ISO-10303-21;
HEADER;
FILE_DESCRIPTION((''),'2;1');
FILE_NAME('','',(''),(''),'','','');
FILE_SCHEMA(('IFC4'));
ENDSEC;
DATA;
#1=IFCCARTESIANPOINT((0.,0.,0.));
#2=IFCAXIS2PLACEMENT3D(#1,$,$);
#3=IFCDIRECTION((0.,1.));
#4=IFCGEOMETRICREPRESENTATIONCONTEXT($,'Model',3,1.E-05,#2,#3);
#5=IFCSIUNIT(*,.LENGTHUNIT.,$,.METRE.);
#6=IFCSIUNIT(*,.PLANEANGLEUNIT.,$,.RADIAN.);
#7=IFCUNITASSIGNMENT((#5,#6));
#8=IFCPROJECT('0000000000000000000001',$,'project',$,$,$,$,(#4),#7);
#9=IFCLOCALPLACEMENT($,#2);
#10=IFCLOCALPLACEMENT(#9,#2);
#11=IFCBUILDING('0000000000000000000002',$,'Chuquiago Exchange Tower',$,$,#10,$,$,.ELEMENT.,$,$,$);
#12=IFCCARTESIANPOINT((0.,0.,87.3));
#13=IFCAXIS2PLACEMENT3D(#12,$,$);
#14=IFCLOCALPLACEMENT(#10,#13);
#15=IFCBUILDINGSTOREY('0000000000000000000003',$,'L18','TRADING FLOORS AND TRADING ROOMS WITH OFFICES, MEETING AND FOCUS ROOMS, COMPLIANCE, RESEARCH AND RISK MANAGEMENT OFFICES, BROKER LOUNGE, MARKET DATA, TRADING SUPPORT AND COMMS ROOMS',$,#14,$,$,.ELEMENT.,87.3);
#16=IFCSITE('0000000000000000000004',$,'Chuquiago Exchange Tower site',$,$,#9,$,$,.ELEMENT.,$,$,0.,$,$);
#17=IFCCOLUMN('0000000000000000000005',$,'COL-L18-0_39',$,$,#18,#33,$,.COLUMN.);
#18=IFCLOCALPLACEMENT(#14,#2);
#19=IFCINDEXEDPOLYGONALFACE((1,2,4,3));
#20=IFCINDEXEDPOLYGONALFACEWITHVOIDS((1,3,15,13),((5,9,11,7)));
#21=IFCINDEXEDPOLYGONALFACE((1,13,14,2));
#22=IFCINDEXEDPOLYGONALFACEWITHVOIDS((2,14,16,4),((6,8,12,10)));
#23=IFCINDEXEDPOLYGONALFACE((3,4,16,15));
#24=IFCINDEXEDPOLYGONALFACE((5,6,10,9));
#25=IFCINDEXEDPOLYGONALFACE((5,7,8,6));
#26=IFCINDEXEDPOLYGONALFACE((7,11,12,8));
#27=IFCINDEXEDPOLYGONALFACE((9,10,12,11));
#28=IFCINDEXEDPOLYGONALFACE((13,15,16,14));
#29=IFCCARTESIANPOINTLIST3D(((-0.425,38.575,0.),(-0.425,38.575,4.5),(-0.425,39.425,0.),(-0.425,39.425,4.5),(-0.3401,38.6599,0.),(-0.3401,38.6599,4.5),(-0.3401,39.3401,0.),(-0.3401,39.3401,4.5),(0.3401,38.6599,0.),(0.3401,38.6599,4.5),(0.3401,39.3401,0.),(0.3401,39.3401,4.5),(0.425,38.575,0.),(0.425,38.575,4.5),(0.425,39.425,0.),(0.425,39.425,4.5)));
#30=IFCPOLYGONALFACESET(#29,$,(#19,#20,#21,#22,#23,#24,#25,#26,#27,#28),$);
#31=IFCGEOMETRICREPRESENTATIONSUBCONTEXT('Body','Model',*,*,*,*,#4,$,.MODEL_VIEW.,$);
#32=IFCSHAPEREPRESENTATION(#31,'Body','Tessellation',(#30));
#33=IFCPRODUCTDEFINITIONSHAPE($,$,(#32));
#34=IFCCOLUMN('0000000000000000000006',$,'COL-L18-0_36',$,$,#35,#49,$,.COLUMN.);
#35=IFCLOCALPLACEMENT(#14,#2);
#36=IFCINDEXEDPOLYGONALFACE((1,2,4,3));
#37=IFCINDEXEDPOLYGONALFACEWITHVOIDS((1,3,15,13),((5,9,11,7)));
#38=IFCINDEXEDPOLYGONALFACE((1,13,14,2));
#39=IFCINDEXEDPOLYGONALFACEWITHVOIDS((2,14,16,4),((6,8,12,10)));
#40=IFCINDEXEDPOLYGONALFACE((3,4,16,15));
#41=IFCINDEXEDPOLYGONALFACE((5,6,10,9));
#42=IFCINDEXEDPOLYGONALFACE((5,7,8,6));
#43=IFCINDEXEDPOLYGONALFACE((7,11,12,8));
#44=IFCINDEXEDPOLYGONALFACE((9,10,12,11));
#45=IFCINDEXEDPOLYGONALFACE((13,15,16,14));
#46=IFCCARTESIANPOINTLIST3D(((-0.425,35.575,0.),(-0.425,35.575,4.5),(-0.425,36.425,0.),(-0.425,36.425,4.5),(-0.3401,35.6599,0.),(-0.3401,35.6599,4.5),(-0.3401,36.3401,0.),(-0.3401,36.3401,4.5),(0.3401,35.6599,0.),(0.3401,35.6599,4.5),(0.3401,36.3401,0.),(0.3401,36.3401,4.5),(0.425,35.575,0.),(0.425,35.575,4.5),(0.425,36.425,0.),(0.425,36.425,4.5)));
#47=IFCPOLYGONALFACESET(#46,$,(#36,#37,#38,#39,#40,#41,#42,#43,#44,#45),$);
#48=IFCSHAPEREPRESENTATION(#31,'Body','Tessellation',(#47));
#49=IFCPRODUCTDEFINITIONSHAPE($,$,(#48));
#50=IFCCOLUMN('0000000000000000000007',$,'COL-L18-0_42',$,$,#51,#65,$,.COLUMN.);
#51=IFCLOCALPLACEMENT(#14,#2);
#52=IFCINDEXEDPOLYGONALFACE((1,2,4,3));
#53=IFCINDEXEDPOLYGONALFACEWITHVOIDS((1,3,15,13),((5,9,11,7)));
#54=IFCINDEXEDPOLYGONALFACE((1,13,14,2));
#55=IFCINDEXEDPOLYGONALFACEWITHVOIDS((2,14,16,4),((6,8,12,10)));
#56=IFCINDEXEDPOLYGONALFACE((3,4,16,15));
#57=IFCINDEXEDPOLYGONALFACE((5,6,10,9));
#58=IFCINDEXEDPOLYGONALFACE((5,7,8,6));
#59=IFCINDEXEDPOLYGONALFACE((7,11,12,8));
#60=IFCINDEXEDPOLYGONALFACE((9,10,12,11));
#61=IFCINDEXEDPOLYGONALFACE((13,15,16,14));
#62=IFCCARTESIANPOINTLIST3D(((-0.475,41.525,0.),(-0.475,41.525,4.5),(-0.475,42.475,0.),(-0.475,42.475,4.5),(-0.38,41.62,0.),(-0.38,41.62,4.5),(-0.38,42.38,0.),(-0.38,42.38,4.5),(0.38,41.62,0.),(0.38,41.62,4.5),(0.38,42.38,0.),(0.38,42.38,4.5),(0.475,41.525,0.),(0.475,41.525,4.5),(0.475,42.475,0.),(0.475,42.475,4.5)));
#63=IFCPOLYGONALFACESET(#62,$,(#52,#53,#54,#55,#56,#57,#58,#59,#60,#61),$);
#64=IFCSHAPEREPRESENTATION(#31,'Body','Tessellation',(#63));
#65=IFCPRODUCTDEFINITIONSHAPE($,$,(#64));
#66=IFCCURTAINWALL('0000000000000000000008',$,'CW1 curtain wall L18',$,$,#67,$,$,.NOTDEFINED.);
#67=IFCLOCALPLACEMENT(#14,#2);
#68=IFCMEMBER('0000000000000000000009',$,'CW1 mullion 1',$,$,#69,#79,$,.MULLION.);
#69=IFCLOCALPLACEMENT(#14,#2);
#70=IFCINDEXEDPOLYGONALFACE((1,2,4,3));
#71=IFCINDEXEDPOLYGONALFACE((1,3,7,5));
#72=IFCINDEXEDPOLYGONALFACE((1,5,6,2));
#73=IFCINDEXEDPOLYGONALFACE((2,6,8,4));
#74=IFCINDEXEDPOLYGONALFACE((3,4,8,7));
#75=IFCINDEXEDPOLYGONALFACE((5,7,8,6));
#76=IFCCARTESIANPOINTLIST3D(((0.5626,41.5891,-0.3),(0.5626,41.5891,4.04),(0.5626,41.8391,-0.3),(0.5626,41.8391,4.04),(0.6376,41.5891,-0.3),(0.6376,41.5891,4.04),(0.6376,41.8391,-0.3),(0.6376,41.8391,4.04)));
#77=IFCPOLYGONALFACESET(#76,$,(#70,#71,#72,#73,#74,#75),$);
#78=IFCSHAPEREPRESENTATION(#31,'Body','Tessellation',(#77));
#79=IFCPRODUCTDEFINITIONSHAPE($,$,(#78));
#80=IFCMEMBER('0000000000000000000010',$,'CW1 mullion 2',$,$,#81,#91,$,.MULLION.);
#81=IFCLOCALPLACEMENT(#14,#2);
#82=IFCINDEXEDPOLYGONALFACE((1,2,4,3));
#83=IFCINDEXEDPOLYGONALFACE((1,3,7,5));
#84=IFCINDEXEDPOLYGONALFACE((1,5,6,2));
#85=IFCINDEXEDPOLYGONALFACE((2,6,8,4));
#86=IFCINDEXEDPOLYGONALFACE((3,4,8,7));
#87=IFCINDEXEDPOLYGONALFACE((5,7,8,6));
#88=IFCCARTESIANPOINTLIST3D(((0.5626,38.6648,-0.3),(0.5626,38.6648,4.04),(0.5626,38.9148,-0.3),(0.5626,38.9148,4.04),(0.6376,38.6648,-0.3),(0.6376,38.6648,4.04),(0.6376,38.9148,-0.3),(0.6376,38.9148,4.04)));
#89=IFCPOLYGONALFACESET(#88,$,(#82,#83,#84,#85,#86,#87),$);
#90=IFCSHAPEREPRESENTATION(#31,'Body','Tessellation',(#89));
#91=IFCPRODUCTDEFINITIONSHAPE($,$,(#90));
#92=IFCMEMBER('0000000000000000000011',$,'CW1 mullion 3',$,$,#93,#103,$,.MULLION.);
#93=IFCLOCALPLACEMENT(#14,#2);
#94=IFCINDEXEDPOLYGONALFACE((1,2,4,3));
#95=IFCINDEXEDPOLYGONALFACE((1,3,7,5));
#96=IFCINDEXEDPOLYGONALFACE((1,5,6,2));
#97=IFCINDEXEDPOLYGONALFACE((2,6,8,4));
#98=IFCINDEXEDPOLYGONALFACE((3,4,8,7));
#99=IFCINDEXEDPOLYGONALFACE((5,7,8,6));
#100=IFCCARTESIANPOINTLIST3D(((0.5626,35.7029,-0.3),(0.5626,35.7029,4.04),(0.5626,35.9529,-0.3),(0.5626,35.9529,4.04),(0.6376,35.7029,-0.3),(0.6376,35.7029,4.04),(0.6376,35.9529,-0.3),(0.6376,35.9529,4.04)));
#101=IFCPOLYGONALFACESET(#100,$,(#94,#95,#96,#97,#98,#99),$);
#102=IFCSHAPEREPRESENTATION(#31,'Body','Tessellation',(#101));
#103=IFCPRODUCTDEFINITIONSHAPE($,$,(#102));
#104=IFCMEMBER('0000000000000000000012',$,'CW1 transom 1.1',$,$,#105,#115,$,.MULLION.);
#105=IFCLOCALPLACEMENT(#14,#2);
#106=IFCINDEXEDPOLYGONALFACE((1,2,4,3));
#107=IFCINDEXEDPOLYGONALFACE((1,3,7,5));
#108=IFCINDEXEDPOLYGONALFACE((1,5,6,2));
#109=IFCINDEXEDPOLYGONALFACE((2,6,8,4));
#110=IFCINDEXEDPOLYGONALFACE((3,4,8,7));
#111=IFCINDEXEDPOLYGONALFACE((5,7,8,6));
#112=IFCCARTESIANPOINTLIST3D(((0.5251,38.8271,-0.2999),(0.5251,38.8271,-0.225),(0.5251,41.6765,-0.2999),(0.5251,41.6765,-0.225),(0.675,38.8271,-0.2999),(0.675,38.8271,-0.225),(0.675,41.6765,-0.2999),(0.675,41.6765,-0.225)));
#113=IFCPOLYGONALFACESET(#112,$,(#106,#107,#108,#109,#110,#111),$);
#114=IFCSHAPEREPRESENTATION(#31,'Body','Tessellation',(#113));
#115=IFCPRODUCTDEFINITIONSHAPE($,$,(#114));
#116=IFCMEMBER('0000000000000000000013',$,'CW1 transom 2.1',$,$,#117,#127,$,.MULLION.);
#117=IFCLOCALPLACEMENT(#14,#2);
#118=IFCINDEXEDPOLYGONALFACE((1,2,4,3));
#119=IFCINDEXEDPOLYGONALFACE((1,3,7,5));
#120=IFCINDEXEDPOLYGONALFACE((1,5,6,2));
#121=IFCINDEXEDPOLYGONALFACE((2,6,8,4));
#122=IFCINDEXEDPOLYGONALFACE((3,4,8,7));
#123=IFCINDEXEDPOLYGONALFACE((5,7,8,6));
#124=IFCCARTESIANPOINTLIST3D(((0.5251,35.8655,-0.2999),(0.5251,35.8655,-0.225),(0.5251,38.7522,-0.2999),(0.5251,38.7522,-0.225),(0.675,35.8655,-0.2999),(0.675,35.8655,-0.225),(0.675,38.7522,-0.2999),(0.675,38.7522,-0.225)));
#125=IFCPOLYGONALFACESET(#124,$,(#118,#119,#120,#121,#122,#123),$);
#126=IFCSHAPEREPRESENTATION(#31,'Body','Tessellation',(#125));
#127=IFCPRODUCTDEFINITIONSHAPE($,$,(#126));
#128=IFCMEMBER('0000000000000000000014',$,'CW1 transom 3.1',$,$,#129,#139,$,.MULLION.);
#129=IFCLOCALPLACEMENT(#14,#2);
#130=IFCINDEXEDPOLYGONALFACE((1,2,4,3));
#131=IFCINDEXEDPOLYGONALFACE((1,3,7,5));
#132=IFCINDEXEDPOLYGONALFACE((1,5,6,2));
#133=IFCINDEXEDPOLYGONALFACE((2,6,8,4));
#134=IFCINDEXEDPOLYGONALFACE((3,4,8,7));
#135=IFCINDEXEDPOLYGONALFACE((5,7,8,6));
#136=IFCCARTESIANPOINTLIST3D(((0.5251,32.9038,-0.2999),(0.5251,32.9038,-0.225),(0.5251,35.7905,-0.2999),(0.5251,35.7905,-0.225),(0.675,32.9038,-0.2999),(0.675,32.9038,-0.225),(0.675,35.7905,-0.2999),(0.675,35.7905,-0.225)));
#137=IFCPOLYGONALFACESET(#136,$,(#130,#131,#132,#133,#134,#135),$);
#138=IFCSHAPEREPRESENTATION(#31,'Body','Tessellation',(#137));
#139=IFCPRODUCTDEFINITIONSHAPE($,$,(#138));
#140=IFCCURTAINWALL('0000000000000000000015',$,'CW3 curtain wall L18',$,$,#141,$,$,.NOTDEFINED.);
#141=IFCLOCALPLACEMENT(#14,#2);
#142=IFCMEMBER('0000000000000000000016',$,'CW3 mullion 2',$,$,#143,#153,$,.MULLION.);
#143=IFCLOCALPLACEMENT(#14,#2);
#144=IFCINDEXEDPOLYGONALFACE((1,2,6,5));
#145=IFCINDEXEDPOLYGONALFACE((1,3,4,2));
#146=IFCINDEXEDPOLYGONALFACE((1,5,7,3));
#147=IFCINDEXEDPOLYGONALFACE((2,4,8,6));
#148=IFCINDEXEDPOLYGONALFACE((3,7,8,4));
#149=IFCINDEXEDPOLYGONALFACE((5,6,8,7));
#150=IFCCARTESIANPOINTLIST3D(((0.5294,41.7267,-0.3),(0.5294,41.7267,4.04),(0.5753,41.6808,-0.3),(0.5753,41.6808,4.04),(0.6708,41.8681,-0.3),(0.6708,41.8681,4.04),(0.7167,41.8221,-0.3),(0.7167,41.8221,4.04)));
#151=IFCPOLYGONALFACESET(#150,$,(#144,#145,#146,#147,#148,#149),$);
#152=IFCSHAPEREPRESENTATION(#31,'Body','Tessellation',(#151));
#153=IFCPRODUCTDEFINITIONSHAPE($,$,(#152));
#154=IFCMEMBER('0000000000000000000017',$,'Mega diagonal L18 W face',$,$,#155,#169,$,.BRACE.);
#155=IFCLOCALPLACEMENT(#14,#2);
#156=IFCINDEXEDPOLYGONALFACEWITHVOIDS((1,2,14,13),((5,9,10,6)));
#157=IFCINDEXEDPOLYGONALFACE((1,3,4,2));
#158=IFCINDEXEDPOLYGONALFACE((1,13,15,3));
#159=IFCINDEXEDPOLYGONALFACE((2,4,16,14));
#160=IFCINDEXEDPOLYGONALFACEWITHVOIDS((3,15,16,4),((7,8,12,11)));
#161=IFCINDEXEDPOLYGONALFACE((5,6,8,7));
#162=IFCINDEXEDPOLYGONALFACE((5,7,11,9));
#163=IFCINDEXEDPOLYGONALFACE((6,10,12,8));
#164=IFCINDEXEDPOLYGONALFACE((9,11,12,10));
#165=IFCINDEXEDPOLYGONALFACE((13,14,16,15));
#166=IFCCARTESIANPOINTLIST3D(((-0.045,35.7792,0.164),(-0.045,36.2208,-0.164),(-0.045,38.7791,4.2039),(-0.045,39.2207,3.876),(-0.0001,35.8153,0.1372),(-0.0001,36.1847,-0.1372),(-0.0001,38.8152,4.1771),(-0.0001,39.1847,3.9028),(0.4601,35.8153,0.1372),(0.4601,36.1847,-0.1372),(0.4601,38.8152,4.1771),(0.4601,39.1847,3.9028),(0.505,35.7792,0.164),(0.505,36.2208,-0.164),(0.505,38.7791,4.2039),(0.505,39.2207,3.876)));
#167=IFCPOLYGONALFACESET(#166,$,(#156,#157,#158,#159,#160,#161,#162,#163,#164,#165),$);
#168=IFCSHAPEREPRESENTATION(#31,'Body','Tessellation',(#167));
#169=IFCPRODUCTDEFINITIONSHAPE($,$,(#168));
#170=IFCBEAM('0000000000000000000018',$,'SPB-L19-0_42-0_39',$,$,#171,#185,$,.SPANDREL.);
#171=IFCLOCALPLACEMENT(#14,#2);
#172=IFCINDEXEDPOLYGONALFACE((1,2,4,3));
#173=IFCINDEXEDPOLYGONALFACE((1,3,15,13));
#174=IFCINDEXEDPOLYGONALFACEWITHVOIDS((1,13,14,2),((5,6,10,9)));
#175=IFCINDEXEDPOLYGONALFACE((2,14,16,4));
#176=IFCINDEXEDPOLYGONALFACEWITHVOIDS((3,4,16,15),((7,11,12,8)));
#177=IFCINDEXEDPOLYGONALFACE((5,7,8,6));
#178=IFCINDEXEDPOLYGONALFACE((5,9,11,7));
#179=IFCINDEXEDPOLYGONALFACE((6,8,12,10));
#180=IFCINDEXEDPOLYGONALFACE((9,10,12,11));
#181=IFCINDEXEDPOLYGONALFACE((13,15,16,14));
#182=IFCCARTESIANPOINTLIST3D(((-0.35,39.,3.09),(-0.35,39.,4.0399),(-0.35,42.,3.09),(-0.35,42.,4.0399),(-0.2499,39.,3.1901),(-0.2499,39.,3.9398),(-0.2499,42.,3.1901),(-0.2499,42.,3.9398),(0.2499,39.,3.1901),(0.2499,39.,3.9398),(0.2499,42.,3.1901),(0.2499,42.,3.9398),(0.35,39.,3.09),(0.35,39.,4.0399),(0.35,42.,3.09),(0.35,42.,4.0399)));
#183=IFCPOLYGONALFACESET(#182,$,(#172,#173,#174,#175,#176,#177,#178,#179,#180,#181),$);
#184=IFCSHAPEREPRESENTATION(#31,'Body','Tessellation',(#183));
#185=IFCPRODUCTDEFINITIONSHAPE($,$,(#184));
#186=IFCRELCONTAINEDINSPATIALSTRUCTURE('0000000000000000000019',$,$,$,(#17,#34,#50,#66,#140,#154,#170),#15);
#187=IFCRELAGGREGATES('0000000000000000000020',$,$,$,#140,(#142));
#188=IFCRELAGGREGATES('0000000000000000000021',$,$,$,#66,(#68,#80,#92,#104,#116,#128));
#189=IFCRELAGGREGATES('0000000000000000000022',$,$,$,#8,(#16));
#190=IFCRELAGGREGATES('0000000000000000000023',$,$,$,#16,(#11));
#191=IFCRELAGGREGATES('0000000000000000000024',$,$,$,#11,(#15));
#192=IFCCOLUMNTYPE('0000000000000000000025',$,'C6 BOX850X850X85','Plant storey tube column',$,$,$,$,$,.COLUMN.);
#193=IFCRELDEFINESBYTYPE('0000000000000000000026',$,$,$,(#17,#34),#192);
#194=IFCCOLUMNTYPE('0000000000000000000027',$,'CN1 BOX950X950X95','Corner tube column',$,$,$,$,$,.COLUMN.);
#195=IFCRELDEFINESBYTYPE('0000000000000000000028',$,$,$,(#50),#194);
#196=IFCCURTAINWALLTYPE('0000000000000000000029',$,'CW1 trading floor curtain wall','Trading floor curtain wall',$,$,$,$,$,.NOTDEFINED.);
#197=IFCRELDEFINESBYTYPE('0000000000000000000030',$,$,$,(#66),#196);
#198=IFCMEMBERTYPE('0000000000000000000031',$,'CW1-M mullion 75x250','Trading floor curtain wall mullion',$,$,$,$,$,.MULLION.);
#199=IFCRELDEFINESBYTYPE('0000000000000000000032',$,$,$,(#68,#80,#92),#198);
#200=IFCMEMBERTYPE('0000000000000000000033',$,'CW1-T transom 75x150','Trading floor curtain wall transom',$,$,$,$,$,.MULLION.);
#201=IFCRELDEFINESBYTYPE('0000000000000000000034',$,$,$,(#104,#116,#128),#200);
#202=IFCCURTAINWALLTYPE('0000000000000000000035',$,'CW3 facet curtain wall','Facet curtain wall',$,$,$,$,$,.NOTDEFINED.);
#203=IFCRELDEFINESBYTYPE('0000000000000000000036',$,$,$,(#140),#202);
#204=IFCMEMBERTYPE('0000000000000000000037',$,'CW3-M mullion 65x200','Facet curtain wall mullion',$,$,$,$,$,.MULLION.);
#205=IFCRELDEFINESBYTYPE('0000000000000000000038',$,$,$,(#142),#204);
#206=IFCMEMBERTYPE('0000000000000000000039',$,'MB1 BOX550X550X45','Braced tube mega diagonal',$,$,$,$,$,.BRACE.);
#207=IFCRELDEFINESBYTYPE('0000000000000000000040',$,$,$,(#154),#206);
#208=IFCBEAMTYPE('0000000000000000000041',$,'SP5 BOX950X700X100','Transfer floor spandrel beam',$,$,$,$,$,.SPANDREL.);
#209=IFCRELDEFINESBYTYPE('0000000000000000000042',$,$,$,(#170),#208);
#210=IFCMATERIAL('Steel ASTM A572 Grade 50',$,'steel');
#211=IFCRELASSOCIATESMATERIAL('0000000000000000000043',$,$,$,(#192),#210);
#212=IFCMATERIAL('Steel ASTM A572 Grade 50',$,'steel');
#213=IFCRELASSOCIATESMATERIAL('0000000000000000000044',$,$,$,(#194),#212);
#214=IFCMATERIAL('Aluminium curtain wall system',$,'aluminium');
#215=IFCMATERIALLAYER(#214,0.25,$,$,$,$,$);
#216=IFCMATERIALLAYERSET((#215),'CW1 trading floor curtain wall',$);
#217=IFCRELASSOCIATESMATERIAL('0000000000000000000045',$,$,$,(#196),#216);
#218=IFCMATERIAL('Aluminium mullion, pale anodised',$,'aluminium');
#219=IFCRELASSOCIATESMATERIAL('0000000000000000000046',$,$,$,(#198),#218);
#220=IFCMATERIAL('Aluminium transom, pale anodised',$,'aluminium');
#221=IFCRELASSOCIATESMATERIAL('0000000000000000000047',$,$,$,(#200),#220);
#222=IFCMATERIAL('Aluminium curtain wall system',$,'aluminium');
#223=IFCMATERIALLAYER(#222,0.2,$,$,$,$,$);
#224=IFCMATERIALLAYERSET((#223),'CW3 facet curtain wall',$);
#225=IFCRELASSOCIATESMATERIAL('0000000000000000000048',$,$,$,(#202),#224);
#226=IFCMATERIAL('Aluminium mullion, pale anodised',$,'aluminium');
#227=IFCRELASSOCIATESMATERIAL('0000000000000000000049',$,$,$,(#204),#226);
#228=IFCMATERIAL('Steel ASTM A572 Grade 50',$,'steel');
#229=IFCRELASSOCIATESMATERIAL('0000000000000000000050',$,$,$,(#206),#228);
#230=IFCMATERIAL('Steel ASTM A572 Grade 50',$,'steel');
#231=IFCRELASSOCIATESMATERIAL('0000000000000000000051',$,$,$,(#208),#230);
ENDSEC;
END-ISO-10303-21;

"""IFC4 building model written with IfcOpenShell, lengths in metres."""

from ifc_helpers import new_model, si_unit, direction, frame, origin, origin_2d, place, context, subcontext, project, spatial, rectangle, hollow_rectangle, extrude, material, layer, layer_set, material_profile, profile_set, type_object, element, aggregate, save


model = new_model("IFC4")

# Units and contexts
model_context = context("Model", 3, precision=1e-05, world=origin(), true_north=direction((0.0, 1.0)))
body_context = subcontext(model_context, "Body", "Model", "MODEL_VIEW")
ifc_project = project(units=[si_unit("LENGTHUNIT", "METRE"), si_unit("PLANEANGLEUNIT", "RADIAN")], contexts=[model_context])

# Site, building, storey
site_placement = place(None, origin())
site = spatial("IfcSite", under=ifc_project, at=site_placement, Name="Chuquiago Exchange Tower site", CompositionType="ELEMENT", RefElevation=0.0)
building_placement = place(site_placement, origin())
building = spatial("IfcBuilding", under=site, at=building_placement, Name="Chuquiago Exchange Tower", CompositionType="ELEMENT")
storey_placement = place(building_placement, frame((0.0, 0.0, 87.3)))
storey = spatial("IfcBuildingStorey", under=building, at=storey_placement, Name="L18", Description="TRADING FLOORS AND TRADING ROOMS WITH OFFICES, MEETING AND FOCUS ROOMS, COMPLIANCE, RESEARCH AND RISK MANAGEMENT OFFICES, BROKER LOUNGE, MARKET DATA, TRADING SUPPORT AND COMMS ROOMS", CompositionType="ELEMENT", Elevation=87.3)

# Columns
ifc_material_1 = material(Name="Steel ASTM A572 Grade 50", Category="steel")
ifc_material_profile_1 = material_profile(ifc_material_1, hollow_rectangle(XDim=0.8501, YDim=0.8501, WallThickness=0.085, at=origin_2d()), Name="BOX850X850X85")
ifc_profile_set_1 = profile_set([ifc_material_profile_1], Name="Steel ASTM A572 Grade 50")
column_type_1 = type_object("IfcColumnType", Name="C6 BOX850X850X85", Description="Plant storey tube column", PredefinedType="COLUMN", material=ifc_profile_set_1)
for number, where, z_axis, x_axis, name in (
    (1, (0.0, 39.0, 0.0), (0.0, 0.0, 1.0), (-1.0, 0.0, 0.0), "COL-L18-0_39"),
    (2, (0.0, 36.0, 0.0), (0.0, 0.0, 1.0), (-1.0, 0.0, 0.0), "COL-L18-0_36"),
):
    element("IfcColumn", number, at=place(storey_placement, frame(where, z_axis=z_axis, x_axis=x_axis)), inside=storey, type_object=column_type_1, Name=name, PredefinedType="COLUMN", context=body_context, shape_type="SweptSolid", body=[
        extrude(hollow_rectangle(XDim=0.8501, YDim=0.8501, WallThickness=0.085, at=origin_2d()), origin(), (0.0, 0.0, 1.0), 4.5),
    ])
ifc_material_2 = material(Name="Steel ASTM A572 Grade 50", Category="steel")
ifc_material_profile_2 = material_profile(ifc_material_2, hollow_rectangle(XDim=0.95, YDim=0.95, WallThickness=0.095, at=origin_2d()), Name="BOX950X950X95")
ifc_profile_set_2 = profile_set([ifc_material_profile_2], Name="Steel ASTM A572 Grade 50")
column_type_2 = type_object("IfcColumnType", Name="CN1 BOX950X950X95", Description="Corner tube column", PredefinedType="COLUMN", material=ifc_profile_set_2)
column_placement = place(storey_placement, frame((0.0, 42.0, 0.0), z_axis=(0.0, 0.0, 1.0), x_axis=(-1.0, 0.0, 0.0)))
element("IfcColumn", 3, at=column_placement, inside=storey, type_object=column_type_2, Name="COL-L18-0_42", PredefinedType="COLUMN", context=body_context, shape_type="SweptSolid", body=[
    extrude(hollow_rectangle(XDim=0.95, YDim=0.95, WallThickness=0.095, at=origin_2d()), origin(), (0.0, 0.0, 1.0), 4.5),
])

# Curtain wall, members
ifc_material_3 = material(Name="Aluminium curtain wall system", Category="aluminium")
ifc_layer_1 = layer(ifc_material_3, 0.25)
ifc_layer_set_1 = layer_set([ifc_layer_1], Name="CW1 trading floor curtain wall")
curtain_wall_type_1 = type_object("IfcCurtainWallType", Name="CW1 trading floor curtain wall", Description="Trading floor curtain wall", PredefinedType="NOTDEFINED", material=ifc_layer_set_1)
curtain_wall_1_placement = place(storey_placement, origin())
curtain_wall_1 = element("IfcCurtainWall", 4, at=curtain_wall_1_placement, inside=storey, type_object=curtain_wall_type_1, Name="CW1 curtain wall L18", PredefinedType="NOTDEFINED")
ifc_material_4 = material(Name="Aluminium mullion, pale anodised", Category="aluminium")
ifc_material_profile_3 = material_profile(ifc_material_4, rectangle(XDim=0.075, YDim=0.25, at=origin_2d()), Name="AL 75x250")
ifc_profile_set_3 = profile_set([ifc_material_profile_3], Name="Aluminium mullion, pale anodised")
member_type_1 = type_object("IfcMemberType", Name="CW1-M mullion 75x250", Description="Trading floor curtain wall mullion", PredefinedType="MULLION", material=ifc_profile_set_3)
member_1_placement = place(storey_placement, frame((0.6001, 41.7141, -0.3), z_axis=(0.0, 0.0, 1.0), x_axis=(1.0, 0.0, 0.0)))
member_1 = element("IfcMember", 5, at=member_1_placement, type_object=member_type_1, Name="CW1 mullion 1", PredefinedType="MULLION", context=body_context, shape_type="SweptSolid", body=[
    extrude(rectangle(XDim=0.075, YDim=0.25, at=origin_2d()), origin(), (0.0, 0.0, 1.0), 4.3401),
])
member_2_placement = place(storey_placement, frame((0.6001, 38.7898, -0.3), z_axis=(0.0, 0.0, 1.0), x_axis=(1.0, 0.0, 0.0)))
member_2 = element("IfcMember", 6, at=member_2_placement, type_object=member_type_1, Name="CW1 mullion 2", PredefinedType="MULLION", context=body_context, shape_type="SweptSolid", body=[
    extrude(rectangle(XDim=0.075, YDim=0.25, at=origin_2d()), origin(), (0.0, 0.0, 1.0), 4.3401),
])
member_3_placement = place(storey_placement, frame((0.6001, 35.8279, -0.3), z_axis=(0.0, 0.0, 1.0), x_axis=(1.0, 0.0, 0.0)))
member_3 = element("IfcMember", 7, at=member_3_placement, type_object=member_type_1, Name="CW1 mullion 3", PredefinedType="MULLION", context=body_context, shape_type="SweptSolid", body=[
    extrude(rectangle(XDim=0.075, YDim=0.25, at=origin_2d()), origin(), (0.0, 0.0, 1.0), 4.3401),
])
ifc_material_5 = material(Name="Aluminium transom, pale anodised", Category="aluminium")
ifc_material_profile_4 = material_profile(ifc_material_5, rectangle(XDim=0.1499, YDim=0.075, at=origin_2d()), Name="AL 150x75")
ifc_profile_set_4 = profile_set([ifc_material_profile_4], Name="Aluminium transom, pale anodised")
member_type_2 = type_object("IfcMemberType", Name="CW1-T transom 75x150", Description="Trading floor curtain wall transom", PredefinedType="MULLION", material=ifc_profile_set_4)
member_4_placement = place(storey_placement, frame((0.6001, 41.6765, -0.2625), z_axis=(0.0, -1.0, 0.0), x_axis=(1.0, 0.0, 0.0)))
member_4 = element("IfcMember", 8, at=member_4_placement, type_object=member_type_2, Name="CW1 transom 1.1", PredefinedType="MULLION", context=body_context, shape_type="SweptSolid", body=[
    extrude(rectangle(XDim=0.1499, YDim=0.075, at=origin_2d()), origin(), (0.0, 0.0, 1.0), 2.8494),
])
member_5_placement = place(storey_placement, frame((0.6001, 38.7522, -0.2625), z_axis=(0.0, -1.0, 0.0), x_axis=(1.0, 0.0, 0.0)))
member_5 = element("IfcMember", 9, at=member_5_placement, type_object=member_type_2, Name="CW1 transom 2.1", PredefinedType="MULLION", context=body_context, shape_type="SweptSolid", body=[
    extrude(rectangle(XDim=0.1499, YDim=0.075, at=origin_2d()), origin(), (0.0, 0.0, 1.0), 2.8867),
])
member_6_placement = place(storey_placement, frame((0.6001, 35.7905, -0.2625), z_axis=(0.0, -1.0, 0.0), x_axis=(1.0, 0.0, 0.0)))
member_6 = element("IfcMember", 10, at=member_6_placement, type_object=member_type_2, Name="CW1 transom 3.1", PredefinedType="MULLION", context=body_context, shape_type="SweptSolid", body=[
    extrude(rectangle(XDim=0.1499, YDim=0.075, at=origin_2d()), origin(), (0.0, 0.0, 1.0), 2.8867),
])

# Curtain wall, member
ifc_material_6 = material(Name="Aluminium curtain wall system", Category="aluminium")
ifc_layer_2 = layer(ifc_material_6, 0.2)
ifc_layer_set_2 = layer_set([ifc_layer_2], Name="CW3 facet curtain wall")
curtain_wall_type_2 = type_object("IfcCurtainWallType", Name="CW3 facet curtain wall", Description="Facet curtain wall", PredefinedType="NOTDEFINED", material=ifc_layer_set_2)
curtain_wall_2_placement = place(storey_placement, origin())
curtain_wall_2 = element("IfcCurtainWall", 11, at=curtain_wall_2_placement, inside=storey, type_object=curtain_wall_type_2, Name="CW3 curtain wall L18", PredefinedType="NOTDEFINED")
ifc_material_7 = material(Name="Aluminium mullion, pale anodised", Category="aluminium")
ifc_material_profile_5 = material_profile(ifc_material_7, rectangle(XDim=0.0649, YDim=0.2, at=origin_2d()), Name="AL 65x200")
ifc_profile_set_5 = profile_set([ifc_material_profile_5], Name="Aluminium mullion, pale anodised")
member_type_3 = type_object("IfcMemberType", Name="CW3-M mullion 65x200", Description="Facet curtain wall mullion", PredefinedType="MULLION", material=ifc_profile_set_5)
member_7_placement = place(storey_placement, frame((0.623, 41.7744, -0.3), z_axis=(0.0, 0.0, 1.0), x_axis=(0.707107, -0.707107, 0.0)))
member_7 = element("IfcMember", 12, at=member_7_placement, type_object=member_type_3, Name="CW3 mullion 2", PredefinedType="MULLION", context=body_context, shape_type="SweptSolid", body=[
    extrude(rectangle(XDim=0.0649, YDim=0.2, at=origin_2d()), origin(), (0.0, 0.0, 1.0), 4.3401),
])
aggregate(curtain_wall_2, [member_7])

# Member
ifc_material_8 = material(Name="Steel ASTM A572 Grade 50", Category="steel")
ifc_material_profile_6 = material_profile(ifc_material_8, hollow_rectangle(XDim=0.55, YDim=0.55, WallThickness=0.0449, at=origin_2d()), Name="BOX550X550X45")
ifc_profile_set_6 = profile_set([ifc_material_profile_6], Name="Steel ASTM A572 Grade 50")
member_type_4 = type_object("IfcMemberType", Name="MB1 BOX550X550X45", Description="Braced tube mega diagonal", PredefinedType="BRACE", material=ifc_profile_set_6)
member_8_placement = place(storey_placement, frame((0.23, 36.0, 0.0), z_axis=(0.0, 0.596174, 0.802855), x_axis=(-1.0, 0.0, 0.0)))
element("IfcMember", 13, at=member_8_placement, inside=storey, type_object=member_type_4, Name="Mega diagonal L18 W face", PredefinedType="BRACE", context=body_context, shape_type="SweptSolid", body=[
    extrude(hollow_rectangle(XDim=0.55, YDim=0.55, WallThickness=0.0449, at=origin_2d()), origin(), (0.0, 0.0, 1.0), 5.032),
])

# Beam
ifc_material_9 = material(Name="Steel ASTM A572 Grade 50", Category="steel")
ifc_material_profile_7 = material_profile(ifc_material_9, hollow_rectangle(XDim=0.7, YDim=0.95, WallThickness=0.1001, at=origin_2d()), Name="BOX950X700X100")
ifc_profile_set_7 = profile_set([ifc_material_profile_7], Name="Steel ASTM A572 Grade 50")
beam_type = type_object("IfcBeamType", Name="SP5 BOX950X700X100", Description="Transfer floor spandrel beam", PredefinedType="SPANDREL", material=ifc_profile_set_7)
for number, where, z_axis, x_axis, name in (
    (14, (0.0, 42.0, 3.5649), (0.0, -1.0, 0.0), (1.0, 0.0, 0.0), "SPB-L19-0_42-0_39"),
):
    element("IfcBeam", number, at=place(storey_placement, frame(where, z_axis=z_axis, x_axis=x_axis)), inside=storey, type_object=beam_type, Name=name, PredefinedType="SPANDREL", context=body_context, shape_type="SweptSolid", body=[
        extrude(hollow_rectangle(XDim=0.7, YDim=0.95, WallThickness=0.1001, at=origin_2d()), origin(), (0.0, 0.0, 1.0), 3.0),
    ])

aggregate(curtain_wall_1, [member_1, member_2, member_3, member_4, member_5, member_6])

save(model, "model.ifc")
